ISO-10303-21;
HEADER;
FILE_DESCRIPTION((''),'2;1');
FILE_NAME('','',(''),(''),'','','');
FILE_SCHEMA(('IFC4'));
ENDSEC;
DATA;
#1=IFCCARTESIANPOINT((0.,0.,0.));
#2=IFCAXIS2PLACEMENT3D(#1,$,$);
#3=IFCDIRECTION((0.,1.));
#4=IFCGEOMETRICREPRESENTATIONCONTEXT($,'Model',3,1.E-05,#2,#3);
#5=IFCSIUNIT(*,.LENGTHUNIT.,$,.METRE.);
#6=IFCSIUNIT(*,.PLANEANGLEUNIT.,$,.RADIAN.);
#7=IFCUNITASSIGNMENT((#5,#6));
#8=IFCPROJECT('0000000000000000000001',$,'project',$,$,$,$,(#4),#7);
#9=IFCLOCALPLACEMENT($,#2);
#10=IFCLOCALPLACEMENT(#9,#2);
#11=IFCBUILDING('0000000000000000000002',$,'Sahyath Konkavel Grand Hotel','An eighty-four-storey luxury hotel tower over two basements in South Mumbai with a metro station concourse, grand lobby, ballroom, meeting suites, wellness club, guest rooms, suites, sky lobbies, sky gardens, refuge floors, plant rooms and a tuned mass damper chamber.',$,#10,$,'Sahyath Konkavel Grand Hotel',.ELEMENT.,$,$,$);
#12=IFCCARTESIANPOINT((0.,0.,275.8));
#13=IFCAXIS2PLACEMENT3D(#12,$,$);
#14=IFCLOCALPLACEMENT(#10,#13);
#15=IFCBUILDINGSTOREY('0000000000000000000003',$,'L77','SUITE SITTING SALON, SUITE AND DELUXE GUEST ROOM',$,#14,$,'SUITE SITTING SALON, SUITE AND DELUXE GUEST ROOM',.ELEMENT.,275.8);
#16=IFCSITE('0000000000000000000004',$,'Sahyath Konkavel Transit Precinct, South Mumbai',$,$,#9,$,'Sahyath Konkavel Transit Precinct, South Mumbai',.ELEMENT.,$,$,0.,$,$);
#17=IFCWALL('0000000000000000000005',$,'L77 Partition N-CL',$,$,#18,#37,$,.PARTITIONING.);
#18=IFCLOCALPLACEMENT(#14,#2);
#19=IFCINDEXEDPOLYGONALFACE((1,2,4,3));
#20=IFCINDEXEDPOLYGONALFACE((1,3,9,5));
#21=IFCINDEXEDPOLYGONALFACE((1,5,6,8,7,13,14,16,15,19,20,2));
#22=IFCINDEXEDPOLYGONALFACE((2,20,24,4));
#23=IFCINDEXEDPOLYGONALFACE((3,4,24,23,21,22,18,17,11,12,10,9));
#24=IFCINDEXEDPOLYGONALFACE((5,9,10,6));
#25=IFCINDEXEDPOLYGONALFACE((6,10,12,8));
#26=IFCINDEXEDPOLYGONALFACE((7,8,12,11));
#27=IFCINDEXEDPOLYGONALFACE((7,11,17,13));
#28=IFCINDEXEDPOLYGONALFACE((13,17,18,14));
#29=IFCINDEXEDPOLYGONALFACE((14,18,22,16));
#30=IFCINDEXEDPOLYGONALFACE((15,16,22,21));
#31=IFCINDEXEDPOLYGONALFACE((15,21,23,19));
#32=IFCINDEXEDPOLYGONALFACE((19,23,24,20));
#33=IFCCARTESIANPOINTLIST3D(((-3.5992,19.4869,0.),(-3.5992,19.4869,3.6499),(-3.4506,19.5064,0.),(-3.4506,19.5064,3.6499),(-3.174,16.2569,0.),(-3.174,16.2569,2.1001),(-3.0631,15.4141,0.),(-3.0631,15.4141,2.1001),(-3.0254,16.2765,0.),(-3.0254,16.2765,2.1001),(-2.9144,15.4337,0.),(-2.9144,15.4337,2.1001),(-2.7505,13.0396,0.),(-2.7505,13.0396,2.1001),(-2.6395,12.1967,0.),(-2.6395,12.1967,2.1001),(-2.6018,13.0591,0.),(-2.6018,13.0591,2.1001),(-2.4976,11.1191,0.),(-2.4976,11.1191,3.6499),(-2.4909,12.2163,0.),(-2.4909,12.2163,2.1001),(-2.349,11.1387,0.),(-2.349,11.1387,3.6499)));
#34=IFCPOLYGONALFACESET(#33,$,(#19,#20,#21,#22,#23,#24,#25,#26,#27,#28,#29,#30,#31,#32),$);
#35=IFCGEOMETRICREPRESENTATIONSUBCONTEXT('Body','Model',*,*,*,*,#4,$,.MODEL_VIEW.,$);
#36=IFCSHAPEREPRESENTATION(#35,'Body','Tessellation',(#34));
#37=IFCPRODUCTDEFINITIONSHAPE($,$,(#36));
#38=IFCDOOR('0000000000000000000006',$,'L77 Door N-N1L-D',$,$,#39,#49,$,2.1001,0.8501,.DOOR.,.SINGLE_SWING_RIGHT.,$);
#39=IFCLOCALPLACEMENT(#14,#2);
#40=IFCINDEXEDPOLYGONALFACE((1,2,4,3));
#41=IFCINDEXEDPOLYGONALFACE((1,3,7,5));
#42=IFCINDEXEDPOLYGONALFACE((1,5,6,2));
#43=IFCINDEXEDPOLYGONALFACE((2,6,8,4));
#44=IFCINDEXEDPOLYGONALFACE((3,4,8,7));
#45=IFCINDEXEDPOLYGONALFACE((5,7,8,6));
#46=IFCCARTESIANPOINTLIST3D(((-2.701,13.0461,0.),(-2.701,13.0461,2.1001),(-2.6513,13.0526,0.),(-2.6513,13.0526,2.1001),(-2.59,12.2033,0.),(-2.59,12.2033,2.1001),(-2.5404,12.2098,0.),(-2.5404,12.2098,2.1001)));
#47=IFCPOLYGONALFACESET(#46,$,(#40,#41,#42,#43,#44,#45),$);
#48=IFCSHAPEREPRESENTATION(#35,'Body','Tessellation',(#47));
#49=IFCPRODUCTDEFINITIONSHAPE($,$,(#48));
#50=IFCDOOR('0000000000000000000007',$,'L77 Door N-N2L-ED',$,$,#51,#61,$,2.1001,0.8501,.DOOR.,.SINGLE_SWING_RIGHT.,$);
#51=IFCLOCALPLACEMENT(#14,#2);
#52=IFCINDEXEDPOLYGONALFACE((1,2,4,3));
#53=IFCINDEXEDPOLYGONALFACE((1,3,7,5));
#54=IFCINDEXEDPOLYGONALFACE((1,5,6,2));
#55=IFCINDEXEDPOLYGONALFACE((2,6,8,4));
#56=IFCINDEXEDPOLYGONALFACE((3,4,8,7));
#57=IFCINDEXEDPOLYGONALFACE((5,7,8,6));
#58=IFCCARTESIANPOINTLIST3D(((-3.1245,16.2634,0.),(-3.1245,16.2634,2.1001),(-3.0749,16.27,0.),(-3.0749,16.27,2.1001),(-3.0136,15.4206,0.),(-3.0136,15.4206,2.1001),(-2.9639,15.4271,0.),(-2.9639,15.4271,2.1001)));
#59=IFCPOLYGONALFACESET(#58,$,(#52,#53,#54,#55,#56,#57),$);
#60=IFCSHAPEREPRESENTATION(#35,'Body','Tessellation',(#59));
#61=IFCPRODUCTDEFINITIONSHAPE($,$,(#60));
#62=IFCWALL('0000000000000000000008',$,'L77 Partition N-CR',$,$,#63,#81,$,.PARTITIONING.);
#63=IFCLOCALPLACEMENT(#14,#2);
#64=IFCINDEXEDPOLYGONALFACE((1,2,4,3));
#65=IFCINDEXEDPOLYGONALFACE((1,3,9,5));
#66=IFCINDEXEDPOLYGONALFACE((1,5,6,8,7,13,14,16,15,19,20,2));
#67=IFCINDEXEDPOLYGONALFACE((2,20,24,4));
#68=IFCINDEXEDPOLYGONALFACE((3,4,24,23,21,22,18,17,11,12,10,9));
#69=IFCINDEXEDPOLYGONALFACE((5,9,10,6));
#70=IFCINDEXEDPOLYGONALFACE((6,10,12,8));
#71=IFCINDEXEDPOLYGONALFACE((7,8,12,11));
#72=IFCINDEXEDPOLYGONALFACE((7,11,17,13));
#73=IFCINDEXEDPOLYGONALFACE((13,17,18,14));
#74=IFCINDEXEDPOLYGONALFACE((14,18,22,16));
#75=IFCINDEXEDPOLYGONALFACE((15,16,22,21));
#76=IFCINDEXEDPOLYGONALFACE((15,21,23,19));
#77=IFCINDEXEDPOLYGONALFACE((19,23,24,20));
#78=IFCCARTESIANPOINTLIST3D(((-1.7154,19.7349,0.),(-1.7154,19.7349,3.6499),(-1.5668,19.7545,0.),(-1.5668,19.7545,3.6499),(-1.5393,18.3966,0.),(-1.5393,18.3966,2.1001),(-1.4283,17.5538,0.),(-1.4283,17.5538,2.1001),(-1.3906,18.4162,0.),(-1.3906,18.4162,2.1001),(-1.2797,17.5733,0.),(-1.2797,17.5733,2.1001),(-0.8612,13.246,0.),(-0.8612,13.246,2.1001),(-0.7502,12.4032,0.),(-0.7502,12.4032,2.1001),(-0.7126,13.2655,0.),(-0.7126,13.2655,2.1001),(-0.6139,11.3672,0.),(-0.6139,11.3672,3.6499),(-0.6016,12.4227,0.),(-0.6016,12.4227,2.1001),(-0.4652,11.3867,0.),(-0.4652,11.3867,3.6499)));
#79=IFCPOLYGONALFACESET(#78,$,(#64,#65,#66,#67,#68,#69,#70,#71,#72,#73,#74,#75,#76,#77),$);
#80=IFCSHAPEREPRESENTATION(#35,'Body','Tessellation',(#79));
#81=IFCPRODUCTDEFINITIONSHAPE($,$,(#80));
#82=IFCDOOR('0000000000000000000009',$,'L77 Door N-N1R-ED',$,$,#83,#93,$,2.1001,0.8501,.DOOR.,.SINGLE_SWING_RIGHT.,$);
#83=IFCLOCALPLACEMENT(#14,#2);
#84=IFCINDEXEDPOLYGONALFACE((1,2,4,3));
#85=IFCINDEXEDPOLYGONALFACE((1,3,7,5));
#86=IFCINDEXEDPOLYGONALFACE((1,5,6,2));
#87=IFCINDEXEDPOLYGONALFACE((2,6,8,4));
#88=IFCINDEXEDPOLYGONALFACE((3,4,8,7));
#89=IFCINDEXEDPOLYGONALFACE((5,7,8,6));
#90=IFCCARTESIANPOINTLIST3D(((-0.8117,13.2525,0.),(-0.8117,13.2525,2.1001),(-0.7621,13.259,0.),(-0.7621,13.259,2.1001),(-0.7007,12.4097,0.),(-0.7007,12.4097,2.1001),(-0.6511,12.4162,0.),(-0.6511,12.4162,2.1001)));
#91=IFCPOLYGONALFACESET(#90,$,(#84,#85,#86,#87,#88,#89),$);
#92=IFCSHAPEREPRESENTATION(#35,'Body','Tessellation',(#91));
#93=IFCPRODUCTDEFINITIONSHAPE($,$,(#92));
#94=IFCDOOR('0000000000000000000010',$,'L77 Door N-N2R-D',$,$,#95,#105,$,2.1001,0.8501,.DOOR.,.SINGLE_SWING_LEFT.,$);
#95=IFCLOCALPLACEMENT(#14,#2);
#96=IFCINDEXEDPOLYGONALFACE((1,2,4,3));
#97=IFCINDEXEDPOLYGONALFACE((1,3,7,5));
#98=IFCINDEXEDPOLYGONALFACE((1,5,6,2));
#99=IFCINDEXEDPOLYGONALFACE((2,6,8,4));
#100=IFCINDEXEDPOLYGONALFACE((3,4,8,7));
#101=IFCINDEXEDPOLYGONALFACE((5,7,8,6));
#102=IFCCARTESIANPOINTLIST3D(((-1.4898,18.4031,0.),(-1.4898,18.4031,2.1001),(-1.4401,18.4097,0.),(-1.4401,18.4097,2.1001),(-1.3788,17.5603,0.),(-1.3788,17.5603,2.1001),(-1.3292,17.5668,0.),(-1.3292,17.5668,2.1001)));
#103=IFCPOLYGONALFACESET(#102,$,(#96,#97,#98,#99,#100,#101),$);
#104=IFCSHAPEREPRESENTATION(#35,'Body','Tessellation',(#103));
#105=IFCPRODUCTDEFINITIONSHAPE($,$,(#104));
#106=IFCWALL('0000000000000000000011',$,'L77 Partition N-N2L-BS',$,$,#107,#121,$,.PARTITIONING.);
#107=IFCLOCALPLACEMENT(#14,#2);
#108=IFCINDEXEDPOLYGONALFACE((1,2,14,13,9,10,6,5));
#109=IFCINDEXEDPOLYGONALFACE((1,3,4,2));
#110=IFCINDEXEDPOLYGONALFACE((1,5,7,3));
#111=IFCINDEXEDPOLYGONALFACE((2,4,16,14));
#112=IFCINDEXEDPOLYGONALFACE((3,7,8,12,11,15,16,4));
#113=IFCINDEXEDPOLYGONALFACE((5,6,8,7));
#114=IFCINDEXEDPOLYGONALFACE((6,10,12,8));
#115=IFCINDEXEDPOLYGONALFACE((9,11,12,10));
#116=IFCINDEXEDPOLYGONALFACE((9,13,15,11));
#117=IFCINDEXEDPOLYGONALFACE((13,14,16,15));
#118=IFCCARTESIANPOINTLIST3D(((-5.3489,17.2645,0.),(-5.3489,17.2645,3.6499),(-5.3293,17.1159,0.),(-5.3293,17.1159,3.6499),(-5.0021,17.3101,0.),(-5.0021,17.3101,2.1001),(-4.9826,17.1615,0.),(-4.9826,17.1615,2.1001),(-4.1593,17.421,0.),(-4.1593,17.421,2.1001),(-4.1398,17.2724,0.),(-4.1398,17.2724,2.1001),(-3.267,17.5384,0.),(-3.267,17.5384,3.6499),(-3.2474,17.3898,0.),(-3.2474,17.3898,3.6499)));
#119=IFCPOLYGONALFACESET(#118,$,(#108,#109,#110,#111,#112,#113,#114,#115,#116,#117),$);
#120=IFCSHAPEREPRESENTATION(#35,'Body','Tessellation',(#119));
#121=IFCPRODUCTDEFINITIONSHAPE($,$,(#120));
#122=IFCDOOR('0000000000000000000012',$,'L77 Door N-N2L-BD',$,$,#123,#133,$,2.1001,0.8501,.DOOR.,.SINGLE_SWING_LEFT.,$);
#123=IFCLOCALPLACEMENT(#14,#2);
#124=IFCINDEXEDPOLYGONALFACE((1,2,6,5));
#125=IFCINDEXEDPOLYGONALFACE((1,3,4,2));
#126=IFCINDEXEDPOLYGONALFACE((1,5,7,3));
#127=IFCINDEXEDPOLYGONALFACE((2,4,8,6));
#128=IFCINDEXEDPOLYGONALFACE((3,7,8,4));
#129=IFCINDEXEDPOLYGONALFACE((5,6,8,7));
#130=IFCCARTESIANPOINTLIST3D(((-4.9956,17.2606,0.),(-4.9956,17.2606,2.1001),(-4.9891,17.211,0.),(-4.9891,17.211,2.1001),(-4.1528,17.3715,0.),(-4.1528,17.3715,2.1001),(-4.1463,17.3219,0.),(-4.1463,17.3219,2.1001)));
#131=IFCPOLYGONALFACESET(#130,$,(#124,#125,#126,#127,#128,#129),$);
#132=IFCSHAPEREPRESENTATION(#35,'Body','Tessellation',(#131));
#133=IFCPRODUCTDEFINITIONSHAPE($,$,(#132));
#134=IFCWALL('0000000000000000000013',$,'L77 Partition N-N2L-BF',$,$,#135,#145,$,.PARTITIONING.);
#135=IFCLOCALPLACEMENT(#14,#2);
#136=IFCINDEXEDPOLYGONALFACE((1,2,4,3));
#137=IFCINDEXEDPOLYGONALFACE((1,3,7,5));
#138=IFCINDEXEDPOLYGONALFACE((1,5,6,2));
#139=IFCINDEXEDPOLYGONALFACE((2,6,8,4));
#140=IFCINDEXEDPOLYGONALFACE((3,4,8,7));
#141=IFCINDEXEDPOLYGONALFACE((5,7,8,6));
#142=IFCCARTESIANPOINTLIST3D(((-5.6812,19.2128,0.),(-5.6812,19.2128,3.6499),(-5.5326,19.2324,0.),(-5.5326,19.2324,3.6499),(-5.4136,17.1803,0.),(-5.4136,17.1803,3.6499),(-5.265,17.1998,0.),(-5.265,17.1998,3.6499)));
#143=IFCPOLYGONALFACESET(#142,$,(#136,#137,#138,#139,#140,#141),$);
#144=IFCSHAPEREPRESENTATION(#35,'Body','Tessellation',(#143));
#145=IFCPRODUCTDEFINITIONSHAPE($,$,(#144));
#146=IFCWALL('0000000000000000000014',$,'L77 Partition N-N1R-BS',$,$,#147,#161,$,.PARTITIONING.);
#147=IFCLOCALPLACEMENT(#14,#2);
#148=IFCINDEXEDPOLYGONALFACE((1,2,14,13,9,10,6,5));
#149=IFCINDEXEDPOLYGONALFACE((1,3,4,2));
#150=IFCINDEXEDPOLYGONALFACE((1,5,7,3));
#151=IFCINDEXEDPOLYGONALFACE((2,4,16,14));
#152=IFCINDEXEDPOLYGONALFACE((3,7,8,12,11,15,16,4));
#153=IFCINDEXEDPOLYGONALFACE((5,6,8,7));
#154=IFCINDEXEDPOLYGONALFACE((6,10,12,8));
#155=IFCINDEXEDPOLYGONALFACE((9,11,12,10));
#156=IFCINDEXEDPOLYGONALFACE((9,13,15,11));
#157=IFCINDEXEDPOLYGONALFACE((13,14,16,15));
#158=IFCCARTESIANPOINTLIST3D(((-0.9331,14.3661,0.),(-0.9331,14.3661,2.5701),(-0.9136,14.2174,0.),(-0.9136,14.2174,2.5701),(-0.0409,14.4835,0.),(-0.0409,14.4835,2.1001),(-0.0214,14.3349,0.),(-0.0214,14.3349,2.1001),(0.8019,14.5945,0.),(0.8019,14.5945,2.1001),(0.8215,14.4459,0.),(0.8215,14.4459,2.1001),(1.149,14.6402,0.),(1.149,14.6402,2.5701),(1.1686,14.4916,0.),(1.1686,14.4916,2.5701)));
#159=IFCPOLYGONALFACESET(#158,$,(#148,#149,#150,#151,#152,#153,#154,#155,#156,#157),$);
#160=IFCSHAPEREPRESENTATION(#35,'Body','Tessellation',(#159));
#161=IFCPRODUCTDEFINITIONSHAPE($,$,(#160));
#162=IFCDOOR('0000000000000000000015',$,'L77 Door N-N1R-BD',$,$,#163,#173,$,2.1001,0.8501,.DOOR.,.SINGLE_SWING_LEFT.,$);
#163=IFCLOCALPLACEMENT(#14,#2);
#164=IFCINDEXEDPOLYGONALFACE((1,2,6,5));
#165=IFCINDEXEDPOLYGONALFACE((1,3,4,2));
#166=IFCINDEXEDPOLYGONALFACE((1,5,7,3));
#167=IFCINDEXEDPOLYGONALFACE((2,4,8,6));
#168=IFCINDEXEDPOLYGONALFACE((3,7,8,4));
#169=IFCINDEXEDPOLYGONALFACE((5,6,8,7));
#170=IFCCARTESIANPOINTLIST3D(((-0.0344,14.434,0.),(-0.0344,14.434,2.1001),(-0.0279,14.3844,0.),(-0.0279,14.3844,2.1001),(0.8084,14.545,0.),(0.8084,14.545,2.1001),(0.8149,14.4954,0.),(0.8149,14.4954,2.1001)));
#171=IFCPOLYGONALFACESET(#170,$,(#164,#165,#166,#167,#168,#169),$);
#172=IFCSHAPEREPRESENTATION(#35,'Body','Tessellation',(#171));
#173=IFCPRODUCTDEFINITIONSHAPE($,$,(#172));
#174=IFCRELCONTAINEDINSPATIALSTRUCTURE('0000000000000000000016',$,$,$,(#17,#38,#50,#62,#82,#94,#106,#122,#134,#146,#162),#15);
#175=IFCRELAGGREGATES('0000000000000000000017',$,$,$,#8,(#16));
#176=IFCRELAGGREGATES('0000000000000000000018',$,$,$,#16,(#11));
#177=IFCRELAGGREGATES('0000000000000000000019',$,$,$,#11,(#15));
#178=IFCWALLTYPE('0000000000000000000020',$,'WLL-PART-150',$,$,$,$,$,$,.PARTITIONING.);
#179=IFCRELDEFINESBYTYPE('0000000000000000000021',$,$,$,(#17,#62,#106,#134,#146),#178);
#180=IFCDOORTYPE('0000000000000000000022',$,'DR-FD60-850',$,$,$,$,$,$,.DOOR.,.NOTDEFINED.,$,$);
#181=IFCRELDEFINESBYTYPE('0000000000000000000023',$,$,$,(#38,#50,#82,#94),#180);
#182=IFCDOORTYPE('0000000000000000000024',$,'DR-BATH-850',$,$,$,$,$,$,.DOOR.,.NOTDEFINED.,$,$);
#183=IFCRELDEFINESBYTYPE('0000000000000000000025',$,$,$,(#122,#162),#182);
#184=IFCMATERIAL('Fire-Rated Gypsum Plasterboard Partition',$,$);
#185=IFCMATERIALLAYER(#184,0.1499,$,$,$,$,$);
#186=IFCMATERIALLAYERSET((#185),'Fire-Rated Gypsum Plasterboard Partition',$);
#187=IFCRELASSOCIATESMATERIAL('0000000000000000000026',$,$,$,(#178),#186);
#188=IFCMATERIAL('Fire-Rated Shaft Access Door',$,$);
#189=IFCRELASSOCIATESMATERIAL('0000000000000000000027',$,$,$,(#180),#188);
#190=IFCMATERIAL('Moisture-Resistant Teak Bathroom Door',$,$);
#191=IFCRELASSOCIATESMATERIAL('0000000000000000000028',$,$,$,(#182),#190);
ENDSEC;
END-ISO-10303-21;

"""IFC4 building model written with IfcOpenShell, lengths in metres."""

from ifc_helpers import new_model, si_unit, direction, frame, frame_2d, origin, origin_2d, place, context, subcontext, project, spatial, rectangle, extrude, source, transform, mapped, material, layer, layer_set, type_object, element, fill, save


model = new_model("IFC4")

# Units and contexts
model_context = context("Model", 3, precision=1e-05, world=origin(), true_north=direction((0.0, 1.0)))
body_context = subcontext(model_context, "Body", "Model", "MODEL_VIEW")
ifc_project = project(units=[si_unit("LENGTHUNIT", "METRE"), si_unit("PLANEANGLEUNIT", "RADIAN")], contexts=[model_context])

# Site, building, storey
site_placement = place(None, origin())
site = spatial("IfcSite", under=ifc_project, at=site_placement, Name="Sahyath Konkavel Transit Precinct, South Mumbai", LongName="Sahyath Konkavel Transit Precinct, South Mumbai", CompositionType="ELEMENT", RefElevation=0.0)
building_placement = place(site_placement, origin())
building = spatial("IfcBuilding", under=site, at=building_placement, Name="Sahyath Konkavel Grand Hotel", Description="An eighty-four-storey luxury hotel tower over two basements in South Mumbai with a metro station concourse, grand lobby, ballroom, meeting suites, wellness club, guest rooms, suites, sky lobbies, sky gardens, refuge floors, plant rooms and a tuned mass damper chamber.", LongName="Sahyath Konkavel Grand Hotel", CompositionType="ELEMENT")
storey_placement = place(building_placement, frame((0.0, 0.0, 275.8)))
storey = spatial("IfcBuildingStorey", under=building, at=storey_placement, Name="L77", Description="SUITE SITTING SALON, SUITE AND DELUXE GUEST ROOM", LongName="SUITE SITTING SALON, SUITE AND DELUXE GUEST ROOM", CompositionType="ELEMENT", Elevation=275.8)

# Walls, openings, doors
ifc_material_1 = material(Name="Fire-Rated Gypsum Plasterboard Partition")
ifc_layer_1 = layer(ifc_material_1, 0.1499)
ifc_layer_set_1 = layer_set([ifc_layer_1], Name="Fire-Rated Gypsum Plasterboard Partition")
wall_type_1 = type_object("IfcWallType", Name="WLL-PART-150", PredefinedType="PARTITIONING", material=ifc_layer_set_1)
wall_1_placement = place(storey_placement, frame((-2.4233, 11.1289, 0.0), z_axis=(0.0, 0.0, 1.0), x_axis=(-0.130519, 0.991446, 0.0)))
wall_1 = element("IfcWall", 1, at=wall_1_placement, inside=storey, type_object=wall_type_1, Name="L77 Partition N-CL", PredefinedType="PARTITIONING", context=body_context, shape_type="SweptSolid", body=[
    extrude(rectangle(XDim=8.4399, YDim=0.1499, at=frame_2d((4.22, 0.0))), origin(), (0.0, 0.0, 1.0), 3.6499),
])
opening_1_placement = place(wall_1_placement, frame((1.0869, 0.0, 0.0)))
opening_1 = element("IfcOpeningElement", 2, at=opening_1_placement, cuts=wall_1, PredefinedType="OPENING", context=body_context, shape_type="SweptSolid", body=[
    extrude(rectangle(XDim=0.8501, YDim=2.1001, at=frame_2d((0.425, 1.05))), frame((0.0, 0.085, 0.0), z_axis=(0.0, -1.0, 0.0), x_axis=(1.0, 0.0, 0.0)), (0.0, 0.0, 1.0), 0.1699),
])
opening_2_placement = place(wall_1_placement, frame((4.332, 0.0, 0.0)))
opening_2 = element("IfcOpeningElement", 3, at=opening_2_placement, cuts=wall_1, PredefinedType="OPENING", context=body_context, shape_type="SweptSolid", body=[
    extrude(rectangle(XDim=0.8501, YDim=2.1001, at=frame_2d((0.425, 1.05))), frame((0.0, 0.085, 0.0), z_axis=(0.0, -1.0, 0.0), x_axis=(1.0, 0.0, 0.0)), (0.0, 0.0, 1.0), 0.1699),
])
ifc_material_2 = material(Name="Fire-Rated Shaft Access Door")
door_type_1 = type_object("IfcDoorType", Name="DR-FD60-850", OperationType="NOTDEFINED", PredefinedType="DOOR", material=ifc_material_2)
shared_shape_1 = source(origin(), body_context, "Body", "SweptSolid", [
    extrude(rectangle(XDim=0.8501, YDim=0.05, at=origin_2d()), origin(), (0.0, 0.0, 1.0), 2.1001),
])
door_1_placement = place(opening_1_placement, frame((0.425, 0.0, 0.0)))
door_1 = element("IfcDoor", 4, at=door_1_placement, inside=storey, type_object=door_type_1, Name="L77 Door N-N1L-D", OperationType="SINGLE_SWING_RIGHT", OverallHeight=2.1001, OverallWidth=0.8501, PredefinedType="DOOR", context=body_context, shape_type="MappedRepresentation", body=[
    mapped(shared_shape_1, transform((0.0, 0.0, 0.0), scale=1.0)),
])
fill(opening_1, door_1)
door_2_placement = place(opening_2_placement, frame((0.425, 0.0, 0.0)))
door_2 = element("IfcDoor", 5, at=door_2_placement, inside=storey, type_object=door_type_1, Name="L77 Door N-N2L-ED", OperationType="SINGLE_SWING_RIGHT", OverallHeight=2.1001, OverallWidth=0.8501, PredefinedType="DOOR", context=body_context, shape_type="MappedRepresentation", body=[
    mapped(shared_shape_1, transform((0.0, 0.0, 0.0), scale=1.0)),
])
fill(opening_2, door_2)
wall_2_placement = place(storey_placement, frame((-0.5396, 11.377, 0.0), z_axis=(0.0, 0.0, 1.0), x_axis=(-0.130519, 0.991446, 0.0)))
wall_2 = element("IfcWall", 6, at=wall_2_placement, inside=storey, type_object=wall_type_1, Name="L77 Partition N-CR", PredefinedType="PARTITIONING", context=body_context, shape_type="SweptSolid", body=[
    extrude(rectangle(XDim=8.4399, YDim=0.1499, at=frame_2d((4.22, 0.0))), origin(), (0.0, 0.0, 1.0), 3.6499),
])
opening_3_placement = place(wall_2_placement, frame((1.0449, 0.0, 0.0)))
opening_3 = element("IfcOpeningElement", 7, at=opening_3_placement, cuts=wall_2, PredefinedType="OPENING", context=body_context, shape_type="SweptSolid", body=[
    extrude(rectangle(XDim=0.8501, YDim=2.1001, at=frame_2d((0.425, 1.05))), frame((0.0, 0.085, 0.0), z_axis=(0.0, -1.0, 0.0), x_axis=(1.0, 0.0, 0.0)), (0.0, 0.0, 1.0), 0.1699),
])
opening_4_placement = place(wall_2_placement, frame((6.24, 0.0, 0.0)))
opening_4 = element("IfcOpeningElement", 8, at=opening_4_placement, cuts=wall_2, PredefinedType="OPENING", context=body_context, shape_type="SweptSolid", body=[
    extrude(rectangle(XDim=0.8501, YDim=2.1001, at=frame_2d((0.425, 1.05))), frame((0.0, 0.085, 0.0), z_axis=(0.0, -1.0, 0.0), x_axis=(1.0, 0.0, 0.0)), (0.0, 0.0, 1.0), 0.1699),
])
door_3_placement = place(opening_3_placement, frame((0.425, 0.0, 0.0)))
door_3 = element("IfcDoor", 9, at=door_3_placement, inside=storey, type_object=door_type_1, Name="L77 Door N-N1R-ED", OperationType="SINGLE_SWING_RIGHT", OverallHeight=2.1001, OverallWidth=0.8501, PredefinedType="DOOR", context=body_context, shape_type="MappedRepresentation", body=[
    mapped(shared_shape_1, transform((0.0, 0.0, 0.0), scale=1.0)),
])
fill(opening_3, door_3)
door_4_placement = place(opening_4_placement, frame((0.425, 0.0, 0.0)))
door_4 = element("IfcDoor", 10, at=door_4_placement, inside=storey, type_object=door_type_1, Name="L77 Door N-N2R-D", OperationType="SINGLE_SWING_LEFT", OverallHeight=2.1001, OverallWidth=0.8501, PredefinedType="DOOR", context=body_context, shape_type="MappedRepresentation", body=[
    mapped(shared_shape_1, transform((0.0, 0.0, 0.0), scale=1.0)),
])
fill(opening_4, door_4)

# Wall, opening, door
wall_3_placement = place(storey_placement, frame((-3.2573, 17.4641, 0.0), z_axis=(0.0, 0.0, 1.0), x_axis=(-0.991456, -0.130442, 0.0)))
wall_3 = element("IfcWall", 11, at=wall_3_placement, inside=storey, type_object=wall_type_1, Name="L77 Partition N-N2L-BS", PredefinedType="PARTITIONING", context=body_context, shape_type="SweptSolid", body=[
    extrude(rectangle(XDim=2.0999, YDim=0.1499, at=frame_2d((1.0498, 0.0))), origin(), (0.0, 0.0, 1.0), 3.6499),
])
opening_5_placement = place(wall_3_placement, frame((0.8999, 0.0, 0.0)))
opening_5 = element("IfcOpeningElement", 12, at=opening_5_placement, cuts=wall_3, PredefinedType="OPENING", context=body_context, shape_type="SweptSolid", body=[
    extrude(rectangle(XDim=0.8501, YDim=2.1001, at=frame_2d((0.425, 1.05))), frame((0.0, 0.085, 0.0), z_axis=(0.0, -1.0, 0.0), x_axis=(1.0, 0.0, 0.0)), (0.0, 0.0, 1.0), 0.1699),
])
ifc_material_3 = material(Name="Moisture-Resistant Teak Bathroom Door")
door_type_2 = type_object("IfcDoorType", Name="DR-BATH-850", OperationType="NOTDEFINED", PredefinedType="DOOR", material=ifc_material_3)
door_5_placement = place(opening_5_placement, frame((0.425, 0.0, 0.0)))
door_5 = element("IfcDoor", 13, at=door_5_placement, inside=storey, type_object=door_type_2, Name="L77 Door N-N2L-BD", OperationType="SINGLE_SWING_LEFT", OverallHeight=2.1001, OverallWidth=0.8501, PredefinedType="DOOR", context=body_context, shape_type="MappedRepresentation", body=[
    mapped(shared_shape_1, transform((0.0, 0.0, 0.0), scale=1.0)),
])
fill(opening_5, door_5)

# Wall
wall_4_placement = place(storey_placement, frame((-5.3394, 17.1902, 0.0), z_axis=(0.0, 0.0, 1.0), x_axis=(-0.130525, 0.991445, 0.0)))
element("IfcWall", 14, at=wall_4_placement, inside=storey, type_object=wall_type_1, Name="L77 Partition N-N2L-BF", PredefinedType="PARTITIONING", context=body_context, shape_type="SweptSolid", body=[
    extrude(rectangle(XDim=2.05, YDim=0.1499, at=frame_2d((1.0249, 0.0))), origin(), (0.0, 0.0, 1.0), 3.6499),
])

# Wall, opening, door
wall_5_placement = place(storey_placement, frame((-0.9233, 14.2917, 0.0), z_axis=(0.0, 0.0, 1.0), x_axis=(0.991441, 0.130557, 0.0)))
wall_5 = element("IfcWall", 15, at=wall_5_placement, inside=storey, type_object=wall_type_1, Name="L77 Partition N-N1R-BS", PredefinedType="PARTITIONING", context=body_context, shape_type="SweptSolid", body=[
    extrude(rectangle(XDim=2.1001, YDim=0.1499, at=frame_2d((1.05, 0.0))), origin(), (0.0, 0.0, 1.0), 2.5701),
])
opening_6_placement = place(wall_5_placement, frame((0.8999, 0.0, 0.0)))
opening_6 = element("IfcOpeningElement", 16, at=opening_6_placement, cuts=wall_5, PredefinedType="OPENING", context=body_context, shape_type="SweptSolid", body=[
    extrude(rectangle(XDim=0.8501, YDim=2.1001, at=frame_2d((0.425, 1.05))), frame((0.0, 0.085, 0.0), z_axis=(0.0, -1.0, 0.0), x_axis=(1.0, 0.0, 0.0)), (0.0, 0.0, 1.0), 0.1699),
])
door_6_placement = place(opening_6_placement, frame((0.425, 0.0, 0.0)))
door_6 = element("IfcDoor", 17, at=door_6_placement, inside=storey, type_object=door_type_2, Name="L77 Door N-N1R-BD", OperationType="SINGLE_SWING_LEFT", OverallHeight=2.1001, OverallWidth=0.8501, PredefinedType="DOOR", context=body_context, shape_type="MappedRepresentation", body=[
    mapped(shared_shape_1, transform((0.0, 0.0, 0.0), scale=1.0)),
])
fill(opening_6, door_6)

save(model, "model.ifc")
